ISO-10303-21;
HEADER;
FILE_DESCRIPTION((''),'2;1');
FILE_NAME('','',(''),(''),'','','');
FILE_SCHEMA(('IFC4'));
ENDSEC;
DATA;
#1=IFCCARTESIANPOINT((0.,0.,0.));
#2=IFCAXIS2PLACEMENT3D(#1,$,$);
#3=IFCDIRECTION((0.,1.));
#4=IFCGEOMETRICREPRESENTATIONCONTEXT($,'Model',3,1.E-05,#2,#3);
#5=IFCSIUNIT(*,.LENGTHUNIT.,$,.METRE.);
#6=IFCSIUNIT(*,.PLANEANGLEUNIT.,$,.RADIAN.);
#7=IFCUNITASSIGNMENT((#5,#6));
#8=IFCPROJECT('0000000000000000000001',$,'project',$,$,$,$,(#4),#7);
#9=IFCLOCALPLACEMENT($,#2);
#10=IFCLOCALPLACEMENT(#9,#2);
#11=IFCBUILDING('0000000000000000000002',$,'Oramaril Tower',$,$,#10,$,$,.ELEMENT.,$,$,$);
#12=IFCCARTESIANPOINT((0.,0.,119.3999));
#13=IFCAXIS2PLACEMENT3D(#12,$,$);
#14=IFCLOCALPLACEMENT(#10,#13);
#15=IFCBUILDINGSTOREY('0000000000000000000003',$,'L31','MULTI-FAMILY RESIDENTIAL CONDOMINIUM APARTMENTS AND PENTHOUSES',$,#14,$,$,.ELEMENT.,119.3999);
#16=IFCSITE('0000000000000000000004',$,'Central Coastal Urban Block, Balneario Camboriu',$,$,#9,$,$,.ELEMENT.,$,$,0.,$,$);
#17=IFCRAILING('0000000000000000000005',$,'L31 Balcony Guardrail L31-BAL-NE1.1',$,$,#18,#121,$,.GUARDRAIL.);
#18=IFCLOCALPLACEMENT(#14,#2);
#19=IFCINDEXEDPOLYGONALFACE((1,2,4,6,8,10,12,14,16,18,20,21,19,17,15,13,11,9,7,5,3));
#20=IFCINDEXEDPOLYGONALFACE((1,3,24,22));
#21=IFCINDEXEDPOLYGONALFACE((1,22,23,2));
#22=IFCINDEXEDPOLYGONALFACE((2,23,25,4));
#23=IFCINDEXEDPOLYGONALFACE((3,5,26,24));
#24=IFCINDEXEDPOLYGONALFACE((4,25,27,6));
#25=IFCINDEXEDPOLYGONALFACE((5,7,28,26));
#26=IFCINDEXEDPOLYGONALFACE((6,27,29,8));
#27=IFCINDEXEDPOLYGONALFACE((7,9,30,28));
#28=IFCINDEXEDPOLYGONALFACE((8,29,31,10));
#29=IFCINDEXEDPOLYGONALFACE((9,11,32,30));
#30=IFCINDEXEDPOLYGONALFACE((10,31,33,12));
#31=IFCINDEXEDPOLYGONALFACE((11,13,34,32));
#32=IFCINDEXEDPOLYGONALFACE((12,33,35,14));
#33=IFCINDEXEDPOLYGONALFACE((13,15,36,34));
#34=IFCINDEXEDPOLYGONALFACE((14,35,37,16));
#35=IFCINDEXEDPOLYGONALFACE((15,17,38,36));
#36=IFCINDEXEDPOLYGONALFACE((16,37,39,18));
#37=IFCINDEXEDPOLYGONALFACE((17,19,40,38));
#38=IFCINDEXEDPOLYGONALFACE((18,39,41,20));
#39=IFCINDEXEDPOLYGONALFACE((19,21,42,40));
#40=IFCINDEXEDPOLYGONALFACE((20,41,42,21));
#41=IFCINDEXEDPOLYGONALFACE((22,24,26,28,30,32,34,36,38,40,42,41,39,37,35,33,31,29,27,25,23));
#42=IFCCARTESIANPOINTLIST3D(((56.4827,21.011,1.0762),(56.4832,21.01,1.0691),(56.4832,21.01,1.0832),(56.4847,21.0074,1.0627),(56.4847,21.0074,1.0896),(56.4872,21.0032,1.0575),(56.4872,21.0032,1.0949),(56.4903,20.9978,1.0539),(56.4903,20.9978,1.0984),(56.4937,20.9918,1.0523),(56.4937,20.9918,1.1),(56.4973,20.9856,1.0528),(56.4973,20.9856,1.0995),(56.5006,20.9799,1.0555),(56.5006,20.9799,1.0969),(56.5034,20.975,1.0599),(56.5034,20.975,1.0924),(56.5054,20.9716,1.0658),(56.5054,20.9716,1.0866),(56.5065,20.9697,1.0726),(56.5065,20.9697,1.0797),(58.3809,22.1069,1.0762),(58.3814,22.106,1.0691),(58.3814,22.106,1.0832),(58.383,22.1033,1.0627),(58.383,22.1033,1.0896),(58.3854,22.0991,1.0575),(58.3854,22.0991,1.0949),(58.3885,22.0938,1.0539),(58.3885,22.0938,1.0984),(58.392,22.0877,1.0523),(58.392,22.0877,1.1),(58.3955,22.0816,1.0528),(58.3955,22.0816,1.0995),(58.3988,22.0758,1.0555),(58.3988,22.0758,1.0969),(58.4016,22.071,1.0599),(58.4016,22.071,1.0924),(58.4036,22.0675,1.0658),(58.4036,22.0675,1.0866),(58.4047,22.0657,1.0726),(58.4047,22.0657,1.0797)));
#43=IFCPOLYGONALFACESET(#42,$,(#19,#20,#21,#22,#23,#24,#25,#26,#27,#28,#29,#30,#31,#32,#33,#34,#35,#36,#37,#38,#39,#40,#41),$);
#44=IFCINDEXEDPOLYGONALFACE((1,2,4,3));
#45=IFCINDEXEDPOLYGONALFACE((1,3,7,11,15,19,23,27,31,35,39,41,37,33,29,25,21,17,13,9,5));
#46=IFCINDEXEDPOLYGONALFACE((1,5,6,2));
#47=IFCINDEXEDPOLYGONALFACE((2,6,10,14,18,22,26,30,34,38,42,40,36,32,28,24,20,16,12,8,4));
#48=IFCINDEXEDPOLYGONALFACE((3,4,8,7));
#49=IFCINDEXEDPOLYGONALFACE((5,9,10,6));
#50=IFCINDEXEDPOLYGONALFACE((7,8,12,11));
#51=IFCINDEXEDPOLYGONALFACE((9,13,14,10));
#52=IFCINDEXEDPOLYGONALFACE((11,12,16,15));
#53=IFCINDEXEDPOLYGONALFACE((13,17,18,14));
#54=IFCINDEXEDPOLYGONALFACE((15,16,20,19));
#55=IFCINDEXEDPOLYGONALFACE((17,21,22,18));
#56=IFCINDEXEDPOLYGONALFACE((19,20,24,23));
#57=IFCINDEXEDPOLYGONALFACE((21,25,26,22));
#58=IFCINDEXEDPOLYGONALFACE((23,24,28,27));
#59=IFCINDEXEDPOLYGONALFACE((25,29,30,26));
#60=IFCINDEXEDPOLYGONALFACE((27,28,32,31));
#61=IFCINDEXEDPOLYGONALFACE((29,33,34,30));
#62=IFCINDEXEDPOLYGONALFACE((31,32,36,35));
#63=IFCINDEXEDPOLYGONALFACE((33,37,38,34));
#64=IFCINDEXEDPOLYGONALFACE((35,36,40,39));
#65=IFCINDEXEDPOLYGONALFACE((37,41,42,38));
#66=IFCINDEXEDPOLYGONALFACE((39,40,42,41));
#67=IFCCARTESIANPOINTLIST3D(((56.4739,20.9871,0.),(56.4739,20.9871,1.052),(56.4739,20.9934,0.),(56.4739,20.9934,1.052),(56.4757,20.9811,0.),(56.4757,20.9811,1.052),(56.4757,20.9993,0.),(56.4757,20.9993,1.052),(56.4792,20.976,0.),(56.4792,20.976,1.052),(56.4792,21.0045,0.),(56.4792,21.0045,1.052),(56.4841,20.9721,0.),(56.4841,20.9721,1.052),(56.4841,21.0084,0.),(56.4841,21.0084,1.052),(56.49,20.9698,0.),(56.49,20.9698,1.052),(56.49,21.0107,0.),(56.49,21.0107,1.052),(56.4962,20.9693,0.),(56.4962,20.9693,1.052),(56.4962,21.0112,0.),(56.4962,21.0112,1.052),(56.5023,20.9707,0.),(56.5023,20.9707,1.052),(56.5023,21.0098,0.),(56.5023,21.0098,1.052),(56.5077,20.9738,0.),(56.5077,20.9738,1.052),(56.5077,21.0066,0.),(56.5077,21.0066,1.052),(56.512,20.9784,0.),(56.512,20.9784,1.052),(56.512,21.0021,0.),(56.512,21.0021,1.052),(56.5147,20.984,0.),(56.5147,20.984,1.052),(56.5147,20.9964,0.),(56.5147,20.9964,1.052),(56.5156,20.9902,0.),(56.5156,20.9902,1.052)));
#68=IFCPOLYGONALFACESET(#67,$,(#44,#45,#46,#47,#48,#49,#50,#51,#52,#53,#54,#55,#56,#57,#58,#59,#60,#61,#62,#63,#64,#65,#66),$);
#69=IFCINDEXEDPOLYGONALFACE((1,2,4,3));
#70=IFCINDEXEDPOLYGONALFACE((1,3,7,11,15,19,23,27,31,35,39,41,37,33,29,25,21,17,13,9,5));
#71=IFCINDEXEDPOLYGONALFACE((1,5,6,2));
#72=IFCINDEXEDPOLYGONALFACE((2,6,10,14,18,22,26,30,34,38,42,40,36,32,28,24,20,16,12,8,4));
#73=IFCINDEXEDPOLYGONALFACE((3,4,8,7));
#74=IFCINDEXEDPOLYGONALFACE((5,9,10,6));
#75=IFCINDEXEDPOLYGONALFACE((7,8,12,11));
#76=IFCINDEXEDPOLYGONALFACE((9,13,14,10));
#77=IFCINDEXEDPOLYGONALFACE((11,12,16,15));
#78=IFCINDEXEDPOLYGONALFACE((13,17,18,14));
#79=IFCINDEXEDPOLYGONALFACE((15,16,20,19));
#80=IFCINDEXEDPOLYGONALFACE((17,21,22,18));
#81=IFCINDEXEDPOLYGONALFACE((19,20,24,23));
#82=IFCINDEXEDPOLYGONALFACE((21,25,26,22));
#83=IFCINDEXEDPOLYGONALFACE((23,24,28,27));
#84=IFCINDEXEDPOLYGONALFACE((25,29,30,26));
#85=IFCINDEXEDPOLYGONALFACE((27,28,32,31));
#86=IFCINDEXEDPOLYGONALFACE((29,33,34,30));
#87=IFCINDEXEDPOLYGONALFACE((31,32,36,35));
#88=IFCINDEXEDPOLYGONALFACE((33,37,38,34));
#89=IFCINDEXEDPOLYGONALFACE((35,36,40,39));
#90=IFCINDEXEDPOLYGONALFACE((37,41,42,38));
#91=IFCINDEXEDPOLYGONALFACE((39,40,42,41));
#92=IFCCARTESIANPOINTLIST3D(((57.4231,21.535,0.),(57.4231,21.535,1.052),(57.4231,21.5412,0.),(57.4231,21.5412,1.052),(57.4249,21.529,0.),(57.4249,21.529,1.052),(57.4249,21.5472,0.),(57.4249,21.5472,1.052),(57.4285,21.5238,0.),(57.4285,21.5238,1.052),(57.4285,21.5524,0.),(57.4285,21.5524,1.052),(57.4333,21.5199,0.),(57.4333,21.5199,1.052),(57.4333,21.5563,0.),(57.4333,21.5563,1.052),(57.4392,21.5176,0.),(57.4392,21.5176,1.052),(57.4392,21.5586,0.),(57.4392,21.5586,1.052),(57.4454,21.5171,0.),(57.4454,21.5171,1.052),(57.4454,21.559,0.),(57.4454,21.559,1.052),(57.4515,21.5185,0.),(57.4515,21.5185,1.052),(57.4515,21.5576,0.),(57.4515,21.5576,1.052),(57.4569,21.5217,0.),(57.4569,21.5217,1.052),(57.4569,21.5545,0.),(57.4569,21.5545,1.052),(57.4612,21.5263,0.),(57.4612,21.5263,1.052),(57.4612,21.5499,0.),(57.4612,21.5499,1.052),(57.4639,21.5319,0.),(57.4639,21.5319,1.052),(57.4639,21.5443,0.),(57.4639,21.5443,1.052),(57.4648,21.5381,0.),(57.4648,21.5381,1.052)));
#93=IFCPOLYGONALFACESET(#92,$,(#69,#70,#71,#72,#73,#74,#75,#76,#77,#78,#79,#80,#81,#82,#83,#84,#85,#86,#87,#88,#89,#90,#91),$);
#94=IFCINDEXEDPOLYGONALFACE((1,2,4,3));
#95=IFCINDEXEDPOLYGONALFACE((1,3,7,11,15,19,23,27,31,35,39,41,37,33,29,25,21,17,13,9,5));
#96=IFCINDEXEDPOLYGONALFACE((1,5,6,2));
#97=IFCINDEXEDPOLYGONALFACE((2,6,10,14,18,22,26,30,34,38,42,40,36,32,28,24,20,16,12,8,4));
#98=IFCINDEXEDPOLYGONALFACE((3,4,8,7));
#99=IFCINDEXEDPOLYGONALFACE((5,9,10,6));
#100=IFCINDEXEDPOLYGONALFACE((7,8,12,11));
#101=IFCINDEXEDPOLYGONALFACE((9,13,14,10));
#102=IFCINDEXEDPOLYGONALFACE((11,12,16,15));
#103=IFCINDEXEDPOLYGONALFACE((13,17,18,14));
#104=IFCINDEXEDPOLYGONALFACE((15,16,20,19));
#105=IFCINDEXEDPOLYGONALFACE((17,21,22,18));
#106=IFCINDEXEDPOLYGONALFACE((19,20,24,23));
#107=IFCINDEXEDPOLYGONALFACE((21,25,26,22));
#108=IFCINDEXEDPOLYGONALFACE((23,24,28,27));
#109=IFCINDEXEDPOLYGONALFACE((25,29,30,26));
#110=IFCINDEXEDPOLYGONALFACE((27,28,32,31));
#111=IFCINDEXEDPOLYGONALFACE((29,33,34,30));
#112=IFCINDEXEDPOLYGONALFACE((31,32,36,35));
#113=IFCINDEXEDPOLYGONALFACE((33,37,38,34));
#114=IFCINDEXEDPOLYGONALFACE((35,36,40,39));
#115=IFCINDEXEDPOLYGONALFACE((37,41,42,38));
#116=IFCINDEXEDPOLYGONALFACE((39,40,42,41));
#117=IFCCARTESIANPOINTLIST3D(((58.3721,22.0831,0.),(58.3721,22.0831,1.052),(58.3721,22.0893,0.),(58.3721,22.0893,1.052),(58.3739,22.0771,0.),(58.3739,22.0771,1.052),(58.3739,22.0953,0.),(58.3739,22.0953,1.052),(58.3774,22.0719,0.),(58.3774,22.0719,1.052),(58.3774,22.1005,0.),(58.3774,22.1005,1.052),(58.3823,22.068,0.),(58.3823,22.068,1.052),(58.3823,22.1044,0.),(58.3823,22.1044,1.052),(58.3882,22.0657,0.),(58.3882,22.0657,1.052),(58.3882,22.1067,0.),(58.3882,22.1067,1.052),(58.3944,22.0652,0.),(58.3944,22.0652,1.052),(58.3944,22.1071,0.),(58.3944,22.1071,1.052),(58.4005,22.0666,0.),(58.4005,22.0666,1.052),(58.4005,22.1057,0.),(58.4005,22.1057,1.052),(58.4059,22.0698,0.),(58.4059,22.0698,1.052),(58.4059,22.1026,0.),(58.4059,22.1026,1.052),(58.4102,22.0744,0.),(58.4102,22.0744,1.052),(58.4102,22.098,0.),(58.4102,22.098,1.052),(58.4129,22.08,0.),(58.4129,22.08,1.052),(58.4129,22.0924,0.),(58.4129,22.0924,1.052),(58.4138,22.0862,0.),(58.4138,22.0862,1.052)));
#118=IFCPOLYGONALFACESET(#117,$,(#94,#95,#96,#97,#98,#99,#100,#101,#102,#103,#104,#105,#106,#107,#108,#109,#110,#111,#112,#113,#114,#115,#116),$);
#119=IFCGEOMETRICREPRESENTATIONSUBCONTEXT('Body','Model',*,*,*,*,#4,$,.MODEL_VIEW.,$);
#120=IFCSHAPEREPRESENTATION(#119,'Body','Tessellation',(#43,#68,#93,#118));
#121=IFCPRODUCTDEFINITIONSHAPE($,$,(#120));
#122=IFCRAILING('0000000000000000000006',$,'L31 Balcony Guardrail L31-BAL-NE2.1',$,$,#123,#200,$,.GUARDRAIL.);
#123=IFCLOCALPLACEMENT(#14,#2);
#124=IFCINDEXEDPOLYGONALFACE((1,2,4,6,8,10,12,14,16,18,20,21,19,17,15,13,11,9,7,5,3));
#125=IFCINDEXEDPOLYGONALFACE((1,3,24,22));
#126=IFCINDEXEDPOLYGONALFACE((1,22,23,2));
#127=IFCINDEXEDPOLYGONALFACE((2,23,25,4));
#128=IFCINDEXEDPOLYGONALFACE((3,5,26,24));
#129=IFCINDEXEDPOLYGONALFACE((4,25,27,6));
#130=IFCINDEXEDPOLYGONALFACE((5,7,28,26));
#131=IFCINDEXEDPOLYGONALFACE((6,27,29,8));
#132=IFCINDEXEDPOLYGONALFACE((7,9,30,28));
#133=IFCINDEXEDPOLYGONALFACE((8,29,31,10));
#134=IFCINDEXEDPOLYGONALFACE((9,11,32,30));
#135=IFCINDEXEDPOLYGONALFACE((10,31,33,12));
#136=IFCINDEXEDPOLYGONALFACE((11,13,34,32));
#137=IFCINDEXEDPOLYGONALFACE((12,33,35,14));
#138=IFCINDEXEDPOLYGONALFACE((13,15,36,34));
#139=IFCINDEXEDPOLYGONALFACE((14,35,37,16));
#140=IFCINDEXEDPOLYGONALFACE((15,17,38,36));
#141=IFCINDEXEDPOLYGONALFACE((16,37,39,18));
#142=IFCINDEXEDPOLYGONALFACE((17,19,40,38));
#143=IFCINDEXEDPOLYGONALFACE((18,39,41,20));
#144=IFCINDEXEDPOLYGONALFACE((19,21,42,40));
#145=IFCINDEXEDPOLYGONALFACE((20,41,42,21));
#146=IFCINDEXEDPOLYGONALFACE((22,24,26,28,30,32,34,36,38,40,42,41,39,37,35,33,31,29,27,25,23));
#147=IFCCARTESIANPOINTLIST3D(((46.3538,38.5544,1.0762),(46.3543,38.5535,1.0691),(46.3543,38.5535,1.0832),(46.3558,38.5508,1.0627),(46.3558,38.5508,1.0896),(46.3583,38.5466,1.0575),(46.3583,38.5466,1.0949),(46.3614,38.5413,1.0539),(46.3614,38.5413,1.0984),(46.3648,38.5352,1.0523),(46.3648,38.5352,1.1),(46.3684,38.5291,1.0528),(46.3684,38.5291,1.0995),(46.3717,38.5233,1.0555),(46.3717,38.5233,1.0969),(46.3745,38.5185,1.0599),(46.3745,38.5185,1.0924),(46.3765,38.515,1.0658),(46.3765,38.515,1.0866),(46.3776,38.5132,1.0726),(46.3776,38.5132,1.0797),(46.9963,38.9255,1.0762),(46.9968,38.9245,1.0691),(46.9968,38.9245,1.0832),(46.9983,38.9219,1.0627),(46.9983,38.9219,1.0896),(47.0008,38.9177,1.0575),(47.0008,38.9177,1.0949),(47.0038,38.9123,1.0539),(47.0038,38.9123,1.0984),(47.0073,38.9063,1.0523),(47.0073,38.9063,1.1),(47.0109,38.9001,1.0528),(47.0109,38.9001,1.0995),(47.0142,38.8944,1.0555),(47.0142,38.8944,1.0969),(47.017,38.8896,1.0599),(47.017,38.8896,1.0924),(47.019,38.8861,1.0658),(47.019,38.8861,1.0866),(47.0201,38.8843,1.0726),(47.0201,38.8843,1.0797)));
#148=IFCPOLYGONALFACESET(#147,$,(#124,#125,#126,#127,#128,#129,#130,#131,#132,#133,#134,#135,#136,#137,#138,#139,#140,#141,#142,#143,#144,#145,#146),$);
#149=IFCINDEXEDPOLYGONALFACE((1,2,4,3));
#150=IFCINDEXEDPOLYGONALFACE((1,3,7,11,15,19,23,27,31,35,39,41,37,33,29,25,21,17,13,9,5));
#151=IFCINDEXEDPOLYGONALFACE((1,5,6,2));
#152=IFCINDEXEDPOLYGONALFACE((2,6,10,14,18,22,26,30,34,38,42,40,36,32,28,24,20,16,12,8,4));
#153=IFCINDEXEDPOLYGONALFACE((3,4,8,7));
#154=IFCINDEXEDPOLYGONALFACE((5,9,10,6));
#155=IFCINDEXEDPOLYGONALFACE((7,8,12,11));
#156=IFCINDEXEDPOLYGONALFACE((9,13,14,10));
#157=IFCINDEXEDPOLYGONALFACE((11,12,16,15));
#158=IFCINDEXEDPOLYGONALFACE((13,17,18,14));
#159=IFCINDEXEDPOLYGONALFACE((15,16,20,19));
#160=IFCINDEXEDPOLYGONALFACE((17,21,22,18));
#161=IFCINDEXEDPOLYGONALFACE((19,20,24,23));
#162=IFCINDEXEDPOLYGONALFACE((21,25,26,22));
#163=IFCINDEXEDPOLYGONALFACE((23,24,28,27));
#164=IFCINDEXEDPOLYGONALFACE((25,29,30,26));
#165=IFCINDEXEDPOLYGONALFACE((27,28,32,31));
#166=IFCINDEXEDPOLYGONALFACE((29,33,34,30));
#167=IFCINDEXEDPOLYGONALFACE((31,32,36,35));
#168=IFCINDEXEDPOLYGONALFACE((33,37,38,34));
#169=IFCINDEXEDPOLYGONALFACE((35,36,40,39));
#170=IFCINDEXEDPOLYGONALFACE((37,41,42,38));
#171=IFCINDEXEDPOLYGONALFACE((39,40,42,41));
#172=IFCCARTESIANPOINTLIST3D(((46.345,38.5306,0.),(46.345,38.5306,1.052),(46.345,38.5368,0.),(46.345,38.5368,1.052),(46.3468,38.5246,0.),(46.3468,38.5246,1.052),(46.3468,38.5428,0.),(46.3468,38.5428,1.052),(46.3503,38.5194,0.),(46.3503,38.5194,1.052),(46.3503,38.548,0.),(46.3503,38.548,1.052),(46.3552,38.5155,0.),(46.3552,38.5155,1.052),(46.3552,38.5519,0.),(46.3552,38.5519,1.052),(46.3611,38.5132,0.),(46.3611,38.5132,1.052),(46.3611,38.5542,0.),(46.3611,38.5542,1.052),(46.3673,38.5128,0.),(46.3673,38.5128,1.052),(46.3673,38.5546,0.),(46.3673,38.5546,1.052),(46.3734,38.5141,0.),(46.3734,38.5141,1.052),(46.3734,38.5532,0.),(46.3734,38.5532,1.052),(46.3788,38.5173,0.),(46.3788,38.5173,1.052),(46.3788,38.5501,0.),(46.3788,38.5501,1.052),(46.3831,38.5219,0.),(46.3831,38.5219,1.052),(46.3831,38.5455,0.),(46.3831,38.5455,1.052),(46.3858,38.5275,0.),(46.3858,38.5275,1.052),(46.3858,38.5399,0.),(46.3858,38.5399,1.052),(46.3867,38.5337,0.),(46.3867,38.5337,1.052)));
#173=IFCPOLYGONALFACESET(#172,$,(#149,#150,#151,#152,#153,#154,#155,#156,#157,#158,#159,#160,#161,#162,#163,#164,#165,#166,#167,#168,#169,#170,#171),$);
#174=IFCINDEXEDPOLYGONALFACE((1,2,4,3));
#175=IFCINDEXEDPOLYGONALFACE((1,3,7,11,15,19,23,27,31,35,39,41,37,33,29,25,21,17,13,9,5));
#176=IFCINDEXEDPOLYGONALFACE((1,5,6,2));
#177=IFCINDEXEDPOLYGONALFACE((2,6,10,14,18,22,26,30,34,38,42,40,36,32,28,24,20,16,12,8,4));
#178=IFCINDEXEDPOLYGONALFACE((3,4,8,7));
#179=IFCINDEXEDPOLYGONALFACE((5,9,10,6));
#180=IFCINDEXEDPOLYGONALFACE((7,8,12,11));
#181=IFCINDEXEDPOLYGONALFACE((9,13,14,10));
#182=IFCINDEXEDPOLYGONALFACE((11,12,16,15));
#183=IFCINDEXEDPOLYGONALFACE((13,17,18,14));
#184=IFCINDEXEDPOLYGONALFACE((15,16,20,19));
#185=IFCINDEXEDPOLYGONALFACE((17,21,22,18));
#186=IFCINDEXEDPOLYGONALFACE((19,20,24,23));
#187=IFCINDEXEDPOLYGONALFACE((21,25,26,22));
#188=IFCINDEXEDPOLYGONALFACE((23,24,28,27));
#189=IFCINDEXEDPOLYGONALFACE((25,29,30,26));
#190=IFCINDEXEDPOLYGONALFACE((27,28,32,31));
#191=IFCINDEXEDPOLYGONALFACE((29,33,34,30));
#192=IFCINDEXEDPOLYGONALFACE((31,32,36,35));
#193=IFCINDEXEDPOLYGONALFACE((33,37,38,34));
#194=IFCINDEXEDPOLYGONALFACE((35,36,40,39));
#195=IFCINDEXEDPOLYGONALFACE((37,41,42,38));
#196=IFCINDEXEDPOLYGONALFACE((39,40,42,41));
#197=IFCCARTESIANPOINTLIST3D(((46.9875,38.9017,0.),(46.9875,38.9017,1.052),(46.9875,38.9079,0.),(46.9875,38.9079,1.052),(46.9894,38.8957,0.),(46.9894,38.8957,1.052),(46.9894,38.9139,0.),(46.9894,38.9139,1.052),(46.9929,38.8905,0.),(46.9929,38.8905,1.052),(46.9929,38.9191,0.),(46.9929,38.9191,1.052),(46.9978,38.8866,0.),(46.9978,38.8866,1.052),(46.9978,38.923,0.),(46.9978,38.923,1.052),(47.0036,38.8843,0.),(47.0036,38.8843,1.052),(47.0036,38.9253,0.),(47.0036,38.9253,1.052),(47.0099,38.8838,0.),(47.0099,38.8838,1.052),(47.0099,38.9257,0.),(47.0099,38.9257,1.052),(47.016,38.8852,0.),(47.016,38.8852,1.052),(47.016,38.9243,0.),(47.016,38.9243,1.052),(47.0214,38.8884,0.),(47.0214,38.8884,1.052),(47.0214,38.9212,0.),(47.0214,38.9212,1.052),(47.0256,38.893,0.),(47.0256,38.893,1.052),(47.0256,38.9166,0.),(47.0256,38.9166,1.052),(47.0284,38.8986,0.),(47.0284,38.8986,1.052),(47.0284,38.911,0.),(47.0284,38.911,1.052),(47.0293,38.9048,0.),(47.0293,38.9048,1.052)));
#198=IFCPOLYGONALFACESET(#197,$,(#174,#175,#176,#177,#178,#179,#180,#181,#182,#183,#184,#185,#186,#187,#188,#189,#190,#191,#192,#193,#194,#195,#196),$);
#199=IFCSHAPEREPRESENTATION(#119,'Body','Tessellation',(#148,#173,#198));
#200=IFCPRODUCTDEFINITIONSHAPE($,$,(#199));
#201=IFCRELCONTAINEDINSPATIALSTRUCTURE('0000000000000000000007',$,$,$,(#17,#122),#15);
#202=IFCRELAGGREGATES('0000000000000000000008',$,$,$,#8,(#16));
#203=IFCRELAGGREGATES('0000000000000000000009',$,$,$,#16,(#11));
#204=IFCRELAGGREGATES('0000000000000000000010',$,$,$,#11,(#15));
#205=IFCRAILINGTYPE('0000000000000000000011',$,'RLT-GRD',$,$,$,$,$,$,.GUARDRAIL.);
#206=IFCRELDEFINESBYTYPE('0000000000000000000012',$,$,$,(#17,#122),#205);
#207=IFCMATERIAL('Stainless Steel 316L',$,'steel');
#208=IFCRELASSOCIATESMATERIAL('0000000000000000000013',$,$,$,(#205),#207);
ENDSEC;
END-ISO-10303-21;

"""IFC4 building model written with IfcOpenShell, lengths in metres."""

from ifc_helpers import new_model, si_unit, direction, frame, origin, origin_2d, place, context, subcontext, project, spatial, circle, extrude, material, type_object, element, save


model = new_model("IFC4")

# Units and contexts
model_context = context("Model", 3, precision=1e-05, world=origin(), true_north=direction((0.0, 1.0)))
body_context = subcontext(model_context, "Body", "Model", "MODEL_VIEW")
ifc_project = project(units=[si_unit("LENGTHUNIT", "METRE"), si_unit("PLANEANGLEUNIT", "RADIAN")], contexts=[model_context])

# Site, building, storey
site_placement = place(None, origin())
site = spatial("IfcSite", under=ifc_project, at=site_placement, Name="Central Coastal Urban Block, Balneario Camboriu", CompositionType="ELEMENT", RefElevation=0.0)
building_placement = place(site_placement, origin())
building = spatial("IfcBuilding", under=site, at=building_placement, Name="Oramaril Tower", CompositionType="ELEMENT")
storey_placement = place(building_placement, frame((0.0, 0.0, 119.3999)))
storey = spatial("IfcBuildingStorey", under=building, at=storey_placement, Name="L31", Description="MULTI-FAMILY RESIDENTIAL CONDOMINIUM APARTMENTS AND PENTHOUSES", CompositionType="ELEMENT", Elevation=119.3999)

# Railings
ifc_material_1 = material(Name="Stainless Steel 316L", Category="steel")
railing_type = type_object("IfcRailingType", Name="RLT-GRD", PredefinedType="GUARDRAIL", material=ifc_material_1)
railing_1_placement = place(storey_placement, frame((56.4946, 20.9902, 0.0)))
element("IfcRailing", 1, at=railing_1_placement, inside=storey, type_object=railing_type, Name="L31 Balcony Guardrail L31-BAL-NE1.1", PredefinedType="GUARDRAIL", context=body_context, shape_type="SweptSolid", body=[
    extrude(circle(Radius=0.0239, at=origin_2d()), frame((0.0, 0.0, 1.0762), z_axis=(0.866021, 0.500008, 0.0), x_axis=(-0.500008, 0.866021, 0.0)), (0.0, 0.0, 1.0), 2.1919),
    extrude(circle(Radius=0.021, at=origin_2d()), origin(), (0.0, 0.0, 1.0), 1.052),
    extrude(circle(Radius=0.021, at=origin_2d()), frame((0.9492, 0.5479, 0.0)), (0.0, 0.0, 1.0), 1.052),
    extrude(circle(Radius=0.021, at=origin_2d()), frame((1.8982, 1.0959, 0.0)), (0.0, 0.0, 1.0), 1.052),
])
railing_2_placement = place(storey_placement, frame((46.3657, 38.5337, 0.0)))
element("IfcRailing", 2, at=railing_2_placement, inside=storey, type_object=railing_type, Name="L31 Balcony Guardrail L31-BAL-NE2.1", PredefinedType="GUARDRAIL", context=body_context, shape_type="SweptSolid", body=[
    extrude(circle(Radius=0.0239, at=origin_2d()), frame((0.0, 0.0, 1.0762), z_axis=(0.865966, 0.500102, 0.0), x_axis=(-0.500102, 0.865966, 0.0)), (0.0, 0.0, 1.0), 0.7419),
    extrude(circle(Radius=0.021, at=origin_2d()), origin(), (0.0, 0.0, 1.0), 1.052),
    extrude(circle(Radius=0.021, at=origin_2d()), frame((0.6426, 0.3711, 0.0)), (0.0, 0.0, 1.0), 1.052),
])

save(model, "model.ifc")
